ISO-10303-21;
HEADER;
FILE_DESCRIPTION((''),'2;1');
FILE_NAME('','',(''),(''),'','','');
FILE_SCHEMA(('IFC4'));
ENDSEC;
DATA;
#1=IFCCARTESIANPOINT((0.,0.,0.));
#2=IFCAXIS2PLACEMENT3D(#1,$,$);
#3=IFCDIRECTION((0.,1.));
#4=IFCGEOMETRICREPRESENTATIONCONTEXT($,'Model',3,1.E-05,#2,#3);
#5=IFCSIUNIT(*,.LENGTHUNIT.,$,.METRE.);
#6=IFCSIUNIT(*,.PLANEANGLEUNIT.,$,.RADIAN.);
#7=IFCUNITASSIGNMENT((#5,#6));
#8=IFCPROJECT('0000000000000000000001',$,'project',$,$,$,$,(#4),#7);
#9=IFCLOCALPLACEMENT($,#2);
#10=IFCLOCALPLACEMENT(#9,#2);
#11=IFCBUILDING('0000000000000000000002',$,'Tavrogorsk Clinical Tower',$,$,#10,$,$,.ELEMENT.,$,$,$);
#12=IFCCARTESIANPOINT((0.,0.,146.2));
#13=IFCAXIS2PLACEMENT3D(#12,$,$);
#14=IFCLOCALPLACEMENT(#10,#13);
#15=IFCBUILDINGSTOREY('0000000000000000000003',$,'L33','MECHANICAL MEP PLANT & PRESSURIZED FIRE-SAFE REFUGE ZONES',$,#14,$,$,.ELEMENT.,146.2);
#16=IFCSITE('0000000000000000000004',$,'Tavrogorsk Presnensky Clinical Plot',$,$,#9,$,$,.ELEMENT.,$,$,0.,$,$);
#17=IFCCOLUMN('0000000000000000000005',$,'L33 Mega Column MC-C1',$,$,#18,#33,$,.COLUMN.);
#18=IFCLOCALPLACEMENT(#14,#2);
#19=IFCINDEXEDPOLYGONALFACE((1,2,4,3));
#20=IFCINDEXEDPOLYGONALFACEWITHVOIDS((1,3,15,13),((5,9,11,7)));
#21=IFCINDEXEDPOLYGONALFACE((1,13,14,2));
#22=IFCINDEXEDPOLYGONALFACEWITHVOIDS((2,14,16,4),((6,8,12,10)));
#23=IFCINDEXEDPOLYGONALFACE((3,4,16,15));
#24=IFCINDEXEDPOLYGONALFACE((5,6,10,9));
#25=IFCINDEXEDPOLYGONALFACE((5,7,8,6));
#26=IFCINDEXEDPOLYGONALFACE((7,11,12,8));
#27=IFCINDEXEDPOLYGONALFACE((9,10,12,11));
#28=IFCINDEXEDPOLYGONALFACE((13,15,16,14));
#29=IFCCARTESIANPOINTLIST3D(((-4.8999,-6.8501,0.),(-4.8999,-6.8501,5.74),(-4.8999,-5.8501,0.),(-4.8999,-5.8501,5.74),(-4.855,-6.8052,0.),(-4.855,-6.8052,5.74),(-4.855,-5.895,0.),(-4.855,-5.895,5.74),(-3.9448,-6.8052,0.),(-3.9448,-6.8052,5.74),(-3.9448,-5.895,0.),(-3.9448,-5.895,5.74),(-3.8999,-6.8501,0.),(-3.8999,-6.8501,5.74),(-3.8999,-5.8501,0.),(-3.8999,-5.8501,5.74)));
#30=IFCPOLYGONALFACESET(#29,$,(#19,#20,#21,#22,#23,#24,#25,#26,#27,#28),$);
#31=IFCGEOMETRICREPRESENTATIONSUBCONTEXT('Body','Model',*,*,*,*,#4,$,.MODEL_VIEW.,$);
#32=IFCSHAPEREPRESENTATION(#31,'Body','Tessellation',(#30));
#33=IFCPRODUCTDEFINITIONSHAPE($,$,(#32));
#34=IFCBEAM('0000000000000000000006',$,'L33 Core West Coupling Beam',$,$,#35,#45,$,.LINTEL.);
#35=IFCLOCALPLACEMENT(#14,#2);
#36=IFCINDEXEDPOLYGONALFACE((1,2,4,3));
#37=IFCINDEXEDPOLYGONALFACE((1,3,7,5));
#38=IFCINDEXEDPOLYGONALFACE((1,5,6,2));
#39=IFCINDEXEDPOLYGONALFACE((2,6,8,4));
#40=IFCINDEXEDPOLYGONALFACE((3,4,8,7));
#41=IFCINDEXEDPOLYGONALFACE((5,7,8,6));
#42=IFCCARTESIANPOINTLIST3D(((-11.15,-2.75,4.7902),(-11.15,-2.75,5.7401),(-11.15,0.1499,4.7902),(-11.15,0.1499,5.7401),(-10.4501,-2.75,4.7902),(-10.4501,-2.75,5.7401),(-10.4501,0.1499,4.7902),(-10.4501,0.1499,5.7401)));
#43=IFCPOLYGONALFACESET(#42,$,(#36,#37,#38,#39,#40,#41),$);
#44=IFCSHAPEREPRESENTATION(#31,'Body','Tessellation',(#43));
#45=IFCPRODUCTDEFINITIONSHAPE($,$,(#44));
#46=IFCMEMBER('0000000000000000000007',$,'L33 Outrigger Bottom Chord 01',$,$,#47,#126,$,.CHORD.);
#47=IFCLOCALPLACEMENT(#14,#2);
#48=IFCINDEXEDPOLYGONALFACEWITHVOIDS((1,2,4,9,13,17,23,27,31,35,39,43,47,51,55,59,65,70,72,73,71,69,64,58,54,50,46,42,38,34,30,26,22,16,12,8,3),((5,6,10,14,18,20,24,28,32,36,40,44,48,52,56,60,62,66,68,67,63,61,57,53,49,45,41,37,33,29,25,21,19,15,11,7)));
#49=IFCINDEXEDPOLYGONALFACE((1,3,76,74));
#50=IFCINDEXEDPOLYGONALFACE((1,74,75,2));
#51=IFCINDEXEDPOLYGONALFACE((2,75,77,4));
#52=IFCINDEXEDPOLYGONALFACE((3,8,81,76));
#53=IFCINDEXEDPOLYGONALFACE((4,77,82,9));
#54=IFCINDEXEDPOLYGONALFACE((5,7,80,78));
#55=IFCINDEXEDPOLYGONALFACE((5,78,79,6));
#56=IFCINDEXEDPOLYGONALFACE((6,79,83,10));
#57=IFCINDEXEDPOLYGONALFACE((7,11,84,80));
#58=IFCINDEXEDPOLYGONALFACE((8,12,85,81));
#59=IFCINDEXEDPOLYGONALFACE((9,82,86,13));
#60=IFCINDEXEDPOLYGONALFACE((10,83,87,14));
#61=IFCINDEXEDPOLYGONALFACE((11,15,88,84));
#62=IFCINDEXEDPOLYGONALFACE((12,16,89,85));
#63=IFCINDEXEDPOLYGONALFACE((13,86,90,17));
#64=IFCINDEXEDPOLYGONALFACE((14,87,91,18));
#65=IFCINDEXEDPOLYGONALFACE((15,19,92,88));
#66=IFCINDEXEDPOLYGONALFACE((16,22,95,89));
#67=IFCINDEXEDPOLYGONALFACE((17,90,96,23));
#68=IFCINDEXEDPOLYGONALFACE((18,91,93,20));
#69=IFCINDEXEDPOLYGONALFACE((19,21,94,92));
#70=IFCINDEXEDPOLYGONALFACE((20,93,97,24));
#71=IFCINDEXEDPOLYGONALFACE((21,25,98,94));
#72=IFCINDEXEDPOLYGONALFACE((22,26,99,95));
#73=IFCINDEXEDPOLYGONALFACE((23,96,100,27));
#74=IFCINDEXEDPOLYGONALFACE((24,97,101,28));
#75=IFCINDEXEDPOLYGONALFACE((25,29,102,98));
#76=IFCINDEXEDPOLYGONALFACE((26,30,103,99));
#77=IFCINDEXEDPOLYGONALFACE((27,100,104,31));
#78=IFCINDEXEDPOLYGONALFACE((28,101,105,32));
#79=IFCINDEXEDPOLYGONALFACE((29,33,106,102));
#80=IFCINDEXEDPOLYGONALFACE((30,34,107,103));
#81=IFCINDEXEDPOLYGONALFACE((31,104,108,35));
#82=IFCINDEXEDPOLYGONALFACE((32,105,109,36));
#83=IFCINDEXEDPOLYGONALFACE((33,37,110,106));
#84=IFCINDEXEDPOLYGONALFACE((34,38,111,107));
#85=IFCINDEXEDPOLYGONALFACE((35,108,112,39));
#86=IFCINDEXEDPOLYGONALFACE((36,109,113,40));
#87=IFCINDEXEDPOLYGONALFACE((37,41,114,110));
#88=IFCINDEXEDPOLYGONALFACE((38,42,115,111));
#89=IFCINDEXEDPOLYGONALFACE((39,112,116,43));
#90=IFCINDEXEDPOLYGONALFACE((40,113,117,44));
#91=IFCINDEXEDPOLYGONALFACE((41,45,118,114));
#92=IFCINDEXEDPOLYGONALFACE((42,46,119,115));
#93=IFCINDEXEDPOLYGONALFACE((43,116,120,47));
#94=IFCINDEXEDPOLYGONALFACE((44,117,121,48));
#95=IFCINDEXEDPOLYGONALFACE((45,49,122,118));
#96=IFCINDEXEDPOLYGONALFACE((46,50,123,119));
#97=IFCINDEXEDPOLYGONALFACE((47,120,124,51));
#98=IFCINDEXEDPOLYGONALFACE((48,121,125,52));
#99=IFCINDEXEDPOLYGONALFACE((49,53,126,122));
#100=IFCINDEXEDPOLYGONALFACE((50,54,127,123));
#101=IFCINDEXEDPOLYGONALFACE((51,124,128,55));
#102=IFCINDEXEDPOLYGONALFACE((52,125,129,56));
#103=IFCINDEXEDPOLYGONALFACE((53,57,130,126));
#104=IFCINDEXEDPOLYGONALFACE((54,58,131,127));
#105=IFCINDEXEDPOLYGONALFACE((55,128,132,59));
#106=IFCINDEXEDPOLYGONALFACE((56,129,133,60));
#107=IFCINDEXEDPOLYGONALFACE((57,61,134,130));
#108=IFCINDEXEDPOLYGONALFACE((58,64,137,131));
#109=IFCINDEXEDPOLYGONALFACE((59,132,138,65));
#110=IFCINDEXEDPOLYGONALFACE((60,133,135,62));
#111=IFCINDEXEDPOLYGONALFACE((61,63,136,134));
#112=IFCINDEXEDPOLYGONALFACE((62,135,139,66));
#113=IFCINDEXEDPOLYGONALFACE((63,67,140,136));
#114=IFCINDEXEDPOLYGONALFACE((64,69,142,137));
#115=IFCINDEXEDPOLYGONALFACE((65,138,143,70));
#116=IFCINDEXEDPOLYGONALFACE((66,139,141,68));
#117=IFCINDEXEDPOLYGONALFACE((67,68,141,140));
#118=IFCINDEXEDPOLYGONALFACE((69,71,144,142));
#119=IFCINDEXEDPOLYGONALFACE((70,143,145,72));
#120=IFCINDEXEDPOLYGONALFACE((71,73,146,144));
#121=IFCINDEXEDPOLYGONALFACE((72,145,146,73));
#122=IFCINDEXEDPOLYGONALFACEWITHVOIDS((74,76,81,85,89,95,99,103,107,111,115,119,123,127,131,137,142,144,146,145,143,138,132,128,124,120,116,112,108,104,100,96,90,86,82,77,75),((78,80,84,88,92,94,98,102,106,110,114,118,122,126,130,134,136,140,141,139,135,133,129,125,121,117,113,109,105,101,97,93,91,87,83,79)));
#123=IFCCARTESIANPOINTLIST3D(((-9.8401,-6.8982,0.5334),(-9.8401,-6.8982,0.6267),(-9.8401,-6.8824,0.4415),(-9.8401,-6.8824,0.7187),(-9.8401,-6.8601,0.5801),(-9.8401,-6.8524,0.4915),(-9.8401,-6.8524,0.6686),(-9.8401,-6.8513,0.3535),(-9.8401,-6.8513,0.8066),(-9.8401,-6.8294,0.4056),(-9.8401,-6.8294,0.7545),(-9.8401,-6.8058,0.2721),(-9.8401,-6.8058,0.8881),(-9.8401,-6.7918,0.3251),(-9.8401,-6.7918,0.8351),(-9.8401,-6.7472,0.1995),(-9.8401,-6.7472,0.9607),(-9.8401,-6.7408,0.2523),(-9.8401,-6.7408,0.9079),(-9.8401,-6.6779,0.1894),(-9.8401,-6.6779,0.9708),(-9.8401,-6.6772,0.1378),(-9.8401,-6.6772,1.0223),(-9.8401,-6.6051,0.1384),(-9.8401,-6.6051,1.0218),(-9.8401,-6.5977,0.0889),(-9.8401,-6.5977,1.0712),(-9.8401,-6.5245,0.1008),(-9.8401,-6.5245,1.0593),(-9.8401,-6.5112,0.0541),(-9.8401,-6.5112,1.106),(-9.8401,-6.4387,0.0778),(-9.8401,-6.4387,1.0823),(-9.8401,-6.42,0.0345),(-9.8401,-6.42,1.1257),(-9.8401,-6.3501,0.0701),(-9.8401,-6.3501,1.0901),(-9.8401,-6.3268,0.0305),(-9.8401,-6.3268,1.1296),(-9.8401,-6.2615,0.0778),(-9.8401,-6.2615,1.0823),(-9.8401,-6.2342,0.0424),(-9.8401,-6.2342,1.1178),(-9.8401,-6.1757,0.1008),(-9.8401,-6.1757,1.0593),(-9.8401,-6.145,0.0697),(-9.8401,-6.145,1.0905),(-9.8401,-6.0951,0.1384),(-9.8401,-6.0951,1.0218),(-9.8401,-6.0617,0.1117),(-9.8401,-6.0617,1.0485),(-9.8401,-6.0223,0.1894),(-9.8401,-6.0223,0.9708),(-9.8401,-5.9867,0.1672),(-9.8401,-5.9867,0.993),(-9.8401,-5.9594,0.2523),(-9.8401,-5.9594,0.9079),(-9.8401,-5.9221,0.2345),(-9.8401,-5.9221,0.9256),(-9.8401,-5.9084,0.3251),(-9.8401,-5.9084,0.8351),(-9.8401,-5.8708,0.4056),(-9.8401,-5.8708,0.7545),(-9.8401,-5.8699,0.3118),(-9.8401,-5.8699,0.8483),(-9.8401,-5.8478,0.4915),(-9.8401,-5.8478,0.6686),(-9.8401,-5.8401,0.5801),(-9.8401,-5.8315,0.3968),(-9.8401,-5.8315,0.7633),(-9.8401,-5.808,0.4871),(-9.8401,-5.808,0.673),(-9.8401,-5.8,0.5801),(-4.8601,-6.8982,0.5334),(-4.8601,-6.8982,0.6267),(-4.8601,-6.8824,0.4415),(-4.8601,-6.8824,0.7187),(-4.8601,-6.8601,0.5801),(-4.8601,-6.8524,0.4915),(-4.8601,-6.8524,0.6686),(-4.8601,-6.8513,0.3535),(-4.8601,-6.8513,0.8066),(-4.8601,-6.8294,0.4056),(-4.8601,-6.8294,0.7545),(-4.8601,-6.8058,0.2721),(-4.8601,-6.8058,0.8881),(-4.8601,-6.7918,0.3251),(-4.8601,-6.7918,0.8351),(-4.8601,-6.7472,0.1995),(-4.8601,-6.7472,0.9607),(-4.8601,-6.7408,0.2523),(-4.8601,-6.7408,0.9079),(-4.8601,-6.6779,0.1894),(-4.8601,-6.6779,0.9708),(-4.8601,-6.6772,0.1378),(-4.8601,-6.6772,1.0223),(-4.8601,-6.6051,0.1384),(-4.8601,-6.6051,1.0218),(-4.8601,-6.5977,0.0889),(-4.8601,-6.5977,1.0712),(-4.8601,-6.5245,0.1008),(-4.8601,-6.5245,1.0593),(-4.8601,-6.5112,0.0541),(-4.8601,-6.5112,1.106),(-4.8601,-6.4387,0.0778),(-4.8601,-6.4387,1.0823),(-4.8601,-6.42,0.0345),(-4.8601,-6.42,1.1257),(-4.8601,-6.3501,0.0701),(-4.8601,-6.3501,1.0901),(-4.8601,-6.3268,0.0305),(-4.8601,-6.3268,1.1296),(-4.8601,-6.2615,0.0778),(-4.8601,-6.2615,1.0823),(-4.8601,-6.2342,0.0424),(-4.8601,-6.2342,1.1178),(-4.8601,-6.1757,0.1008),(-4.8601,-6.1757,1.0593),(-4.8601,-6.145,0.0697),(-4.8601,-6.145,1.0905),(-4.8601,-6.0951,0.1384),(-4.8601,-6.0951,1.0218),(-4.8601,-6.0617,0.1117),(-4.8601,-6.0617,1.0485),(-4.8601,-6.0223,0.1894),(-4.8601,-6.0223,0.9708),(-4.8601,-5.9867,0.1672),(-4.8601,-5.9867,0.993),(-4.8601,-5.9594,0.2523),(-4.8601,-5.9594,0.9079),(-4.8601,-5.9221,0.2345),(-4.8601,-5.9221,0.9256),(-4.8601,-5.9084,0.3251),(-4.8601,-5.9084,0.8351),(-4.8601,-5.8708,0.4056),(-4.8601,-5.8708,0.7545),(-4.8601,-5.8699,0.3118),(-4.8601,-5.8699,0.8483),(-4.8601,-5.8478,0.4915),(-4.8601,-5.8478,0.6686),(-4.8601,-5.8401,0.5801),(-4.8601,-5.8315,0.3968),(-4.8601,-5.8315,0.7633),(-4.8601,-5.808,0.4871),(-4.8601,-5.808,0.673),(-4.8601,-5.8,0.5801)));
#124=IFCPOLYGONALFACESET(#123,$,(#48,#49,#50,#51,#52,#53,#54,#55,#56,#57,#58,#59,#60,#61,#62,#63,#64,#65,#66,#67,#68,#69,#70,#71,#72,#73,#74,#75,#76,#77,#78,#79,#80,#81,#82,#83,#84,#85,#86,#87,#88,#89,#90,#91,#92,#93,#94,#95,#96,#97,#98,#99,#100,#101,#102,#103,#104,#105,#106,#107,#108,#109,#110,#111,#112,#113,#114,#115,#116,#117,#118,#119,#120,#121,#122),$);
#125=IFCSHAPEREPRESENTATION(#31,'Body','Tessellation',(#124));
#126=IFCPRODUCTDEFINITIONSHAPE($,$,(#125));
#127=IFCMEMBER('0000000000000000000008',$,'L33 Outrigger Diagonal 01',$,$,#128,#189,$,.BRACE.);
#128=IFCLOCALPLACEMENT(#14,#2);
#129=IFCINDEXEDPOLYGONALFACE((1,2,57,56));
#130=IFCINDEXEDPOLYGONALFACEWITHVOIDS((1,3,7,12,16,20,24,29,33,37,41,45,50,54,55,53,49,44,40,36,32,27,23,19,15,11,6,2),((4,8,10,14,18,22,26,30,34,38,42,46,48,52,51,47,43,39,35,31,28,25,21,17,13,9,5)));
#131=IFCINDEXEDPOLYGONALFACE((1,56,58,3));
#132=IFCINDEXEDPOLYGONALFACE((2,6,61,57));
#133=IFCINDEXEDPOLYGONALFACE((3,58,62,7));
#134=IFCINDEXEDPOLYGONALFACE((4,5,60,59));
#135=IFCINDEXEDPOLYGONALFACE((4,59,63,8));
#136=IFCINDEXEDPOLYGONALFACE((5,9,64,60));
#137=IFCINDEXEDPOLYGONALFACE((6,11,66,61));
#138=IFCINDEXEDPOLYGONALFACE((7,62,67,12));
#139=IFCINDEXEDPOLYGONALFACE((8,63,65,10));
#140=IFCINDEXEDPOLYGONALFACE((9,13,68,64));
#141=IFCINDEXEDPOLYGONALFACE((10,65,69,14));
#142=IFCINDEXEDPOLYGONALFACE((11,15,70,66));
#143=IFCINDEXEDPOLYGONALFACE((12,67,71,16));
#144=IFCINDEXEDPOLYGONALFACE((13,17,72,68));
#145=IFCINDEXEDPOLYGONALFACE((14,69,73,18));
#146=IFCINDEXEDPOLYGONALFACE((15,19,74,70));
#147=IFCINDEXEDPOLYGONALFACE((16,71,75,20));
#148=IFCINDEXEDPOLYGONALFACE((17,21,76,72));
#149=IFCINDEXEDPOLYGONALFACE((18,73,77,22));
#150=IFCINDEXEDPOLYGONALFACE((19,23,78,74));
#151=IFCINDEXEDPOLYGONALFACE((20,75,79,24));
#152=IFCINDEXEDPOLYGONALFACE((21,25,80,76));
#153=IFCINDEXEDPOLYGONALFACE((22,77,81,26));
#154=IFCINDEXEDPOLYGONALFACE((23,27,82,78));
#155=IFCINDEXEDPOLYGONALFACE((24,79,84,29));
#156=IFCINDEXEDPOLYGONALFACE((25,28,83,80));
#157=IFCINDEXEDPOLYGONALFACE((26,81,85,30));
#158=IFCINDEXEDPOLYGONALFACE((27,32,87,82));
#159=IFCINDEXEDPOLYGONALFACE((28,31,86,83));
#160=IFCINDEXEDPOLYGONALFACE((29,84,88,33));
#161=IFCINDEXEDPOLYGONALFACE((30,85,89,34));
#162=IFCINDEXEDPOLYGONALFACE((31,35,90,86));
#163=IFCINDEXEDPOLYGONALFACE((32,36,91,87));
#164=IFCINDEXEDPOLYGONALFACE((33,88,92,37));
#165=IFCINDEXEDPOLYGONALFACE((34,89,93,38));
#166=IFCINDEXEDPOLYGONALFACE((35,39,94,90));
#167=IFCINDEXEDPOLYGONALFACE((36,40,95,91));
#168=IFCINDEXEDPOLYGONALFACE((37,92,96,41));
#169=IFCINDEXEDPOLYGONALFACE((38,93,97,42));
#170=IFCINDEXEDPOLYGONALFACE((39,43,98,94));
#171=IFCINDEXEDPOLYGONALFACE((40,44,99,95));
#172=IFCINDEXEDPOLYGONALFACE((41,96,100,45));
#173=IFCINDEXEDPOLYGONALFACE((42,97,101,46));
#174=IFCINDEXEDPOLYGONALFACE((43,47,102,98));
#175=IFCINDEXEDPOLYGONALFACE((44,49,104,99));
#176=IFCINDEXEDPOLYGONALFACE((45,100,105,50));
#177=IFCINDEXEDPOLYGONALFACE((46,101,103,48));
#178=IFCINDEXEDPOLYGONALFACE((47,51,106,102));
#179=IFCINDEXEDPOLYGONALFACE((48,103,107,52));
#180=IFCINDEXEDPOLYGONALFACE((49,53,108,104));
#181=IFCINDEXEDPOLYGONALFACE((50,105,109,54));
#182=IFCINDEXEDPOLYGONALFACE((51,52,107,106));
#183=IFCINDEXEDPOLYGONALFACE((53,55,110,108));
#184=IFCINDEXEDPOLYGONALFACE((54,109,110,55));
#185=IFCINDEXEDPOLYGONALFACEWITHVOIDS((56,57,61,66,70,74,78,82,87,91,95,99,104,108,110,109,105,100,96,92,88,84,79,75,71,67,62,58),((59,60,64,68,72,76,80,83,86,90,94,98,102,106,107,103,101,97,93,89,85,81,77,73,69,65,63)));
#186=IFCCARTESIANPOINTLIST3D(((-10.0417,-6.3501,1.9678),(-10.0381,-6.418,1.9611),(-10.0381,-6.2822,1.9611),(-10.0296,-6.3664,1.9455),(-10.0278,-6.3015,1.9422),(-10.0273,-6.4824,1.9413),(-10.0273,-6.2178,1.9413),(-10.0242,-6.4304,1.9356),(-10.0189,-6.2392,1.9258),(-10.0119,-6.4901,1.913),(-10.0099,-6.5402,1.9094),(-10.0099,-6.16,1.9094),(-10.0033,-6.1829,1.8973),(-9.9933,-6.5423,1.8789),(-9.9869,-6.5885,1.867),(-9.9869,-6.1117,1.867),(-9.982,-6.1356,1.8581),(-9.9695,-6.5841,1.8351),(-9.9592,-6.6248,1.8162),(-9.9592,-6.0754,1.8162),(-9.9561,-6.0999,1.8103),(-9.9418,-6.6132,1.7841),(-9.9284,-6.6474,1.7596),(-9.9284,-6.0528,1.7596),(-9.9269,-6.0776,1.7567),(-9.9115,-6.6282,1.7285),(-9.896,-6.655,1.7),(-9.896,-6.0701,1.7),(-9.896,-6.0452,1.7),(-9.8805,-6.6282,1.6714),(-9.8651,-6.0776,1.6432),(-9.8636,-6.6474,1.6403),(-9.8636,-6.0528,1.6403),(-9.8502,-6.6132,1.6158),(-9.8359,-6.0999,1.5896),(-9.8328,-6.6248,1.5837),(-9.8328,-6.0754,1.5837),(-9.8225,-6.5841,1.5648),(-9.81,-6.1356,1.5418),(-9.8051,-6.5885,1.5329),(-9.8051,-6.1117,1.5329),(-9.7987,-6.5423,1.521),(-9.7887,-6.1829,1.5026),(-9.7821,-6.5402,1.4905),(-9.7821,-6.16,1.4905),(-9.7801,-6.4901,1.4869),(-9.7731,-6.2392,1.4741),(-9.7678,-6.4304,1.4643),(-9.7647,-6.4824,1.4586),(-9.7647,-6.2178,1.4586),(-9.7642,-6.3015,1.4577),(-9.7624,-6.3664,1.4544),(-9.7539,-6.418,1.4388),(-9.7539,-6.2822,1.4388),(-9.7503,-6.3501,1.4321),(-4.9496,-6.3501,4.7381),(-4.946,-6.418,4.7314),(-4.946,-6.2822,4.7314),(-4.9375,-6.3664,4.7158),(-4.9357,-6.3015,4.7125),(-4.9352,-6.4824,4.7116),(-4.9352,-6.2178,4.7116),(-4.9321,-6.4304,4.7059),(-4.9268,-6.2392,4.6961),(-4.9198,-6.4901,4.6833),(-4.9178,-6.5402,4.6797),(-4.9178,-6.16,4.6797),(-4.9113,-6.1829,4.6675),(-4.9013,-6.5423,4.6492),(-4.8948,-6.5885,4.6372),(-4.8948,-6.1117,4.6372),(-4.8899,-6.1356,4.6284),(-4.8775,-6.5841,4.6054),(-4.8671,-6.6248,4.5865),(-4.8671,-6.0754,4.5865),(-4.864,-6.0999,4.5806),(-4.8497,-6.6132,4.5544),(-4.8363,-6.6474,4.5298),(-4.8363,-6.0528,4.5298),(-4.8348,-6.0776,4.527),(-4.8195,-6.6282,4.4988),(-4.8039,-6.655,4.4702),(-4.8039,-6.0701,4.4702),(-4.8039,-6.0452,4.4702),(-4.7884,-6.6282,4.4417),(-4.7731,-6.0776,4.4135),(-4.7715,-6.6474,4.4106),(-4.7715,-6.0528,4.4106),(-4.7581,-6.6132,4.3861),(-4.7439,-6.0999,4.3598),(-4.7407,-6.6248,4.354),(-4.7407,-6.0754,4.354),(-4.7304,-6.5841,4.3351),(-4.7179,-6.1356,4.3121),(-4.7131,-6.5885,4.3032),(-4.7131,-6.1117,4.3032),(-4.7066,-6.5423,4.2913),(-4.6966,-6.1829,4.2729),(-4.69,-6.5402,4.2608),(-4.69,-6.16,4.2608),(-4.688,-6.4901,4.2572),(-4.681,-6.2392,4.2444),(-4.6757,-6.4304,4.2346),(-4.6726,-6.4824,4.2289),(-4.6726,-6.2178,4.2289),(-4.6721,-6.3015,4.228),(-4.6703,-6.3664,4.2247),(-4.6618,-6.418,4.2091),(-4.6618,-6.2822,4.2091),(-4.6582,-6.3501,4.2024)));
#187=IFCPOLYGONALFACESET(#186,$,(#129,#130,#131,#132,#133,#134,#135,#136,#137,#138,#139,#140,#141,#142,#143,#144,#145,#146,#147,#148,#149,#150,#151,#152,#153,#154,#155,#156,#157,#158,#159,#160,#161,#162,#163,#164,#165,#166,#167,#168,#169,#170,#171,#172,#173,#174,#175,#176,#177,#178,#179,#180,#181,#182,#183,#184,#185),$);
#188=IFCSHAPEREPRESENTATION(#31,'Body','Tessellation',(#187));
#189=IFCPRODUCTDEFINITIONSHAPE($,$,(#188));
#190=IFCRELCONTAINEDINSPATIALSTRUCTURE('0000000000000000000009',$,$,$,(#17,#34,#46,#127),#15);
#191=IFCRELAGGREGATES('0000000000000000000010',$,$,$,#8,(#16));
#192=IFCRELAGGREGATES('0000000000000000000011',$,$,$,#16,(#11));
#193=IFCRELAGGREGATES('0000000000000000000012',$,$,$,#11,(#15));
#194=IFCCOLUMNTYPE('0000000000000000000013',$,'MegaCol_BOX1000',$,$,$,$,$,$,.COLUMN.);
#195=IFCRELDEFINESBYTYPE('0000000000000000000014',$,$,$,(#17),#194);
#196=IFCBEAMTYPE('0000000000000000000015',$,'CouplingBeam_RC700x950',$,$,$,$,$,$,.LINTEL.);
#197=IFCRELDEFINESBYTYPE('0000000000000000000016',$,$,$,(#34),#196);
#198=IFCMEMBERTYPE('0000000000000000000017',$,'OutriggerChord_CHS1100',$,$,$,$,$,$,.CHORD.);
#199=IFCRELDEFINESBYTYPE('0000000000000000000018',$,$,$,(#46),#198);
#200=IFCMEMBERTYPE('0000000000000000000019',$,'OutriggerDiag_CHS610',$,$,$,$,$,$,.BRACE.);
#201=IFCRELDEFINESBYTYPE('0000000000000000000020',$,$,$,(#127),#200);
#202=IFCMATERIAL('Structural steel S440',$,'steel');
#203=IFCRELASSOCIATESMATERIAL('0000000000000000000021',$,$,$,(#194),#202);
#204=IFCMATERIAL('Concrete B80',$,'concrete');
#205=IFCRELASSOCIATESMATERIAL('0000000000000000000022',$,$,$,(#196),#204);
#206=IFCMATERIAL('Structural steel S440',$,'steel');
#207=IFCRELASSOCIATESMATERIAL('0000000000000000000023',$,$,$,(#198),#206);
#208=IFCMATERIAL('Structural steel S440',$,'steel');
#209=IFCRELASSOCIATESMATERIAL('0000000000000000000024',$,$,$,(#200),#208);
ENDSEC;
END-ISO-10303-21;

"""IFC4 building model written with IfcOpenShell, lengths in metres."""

from ifc_helpers import new_model, si_unit, direction, frame, origin, origin_2d, place, context, subcontext, project, spatial, rectangle, hollow_rectangle, hollow_circle, extrude, material, material_profile, profile_set, type_object, element, save


model = new_model("IFC4")

# Units and contexts
model_context = context("Model", 3, precision=1e-05, world=origin(), true_north=direction((0.0, 1.0)))
body_context = subcontext(model_context, "Body", "Model", "MODEL_VIEW")
ifc_project = project(units=[si_unit("LENGTHUNIT", "METRE"), si_unit("PLANEANGLEUNIT", "RADIAN")], contexts=[model_context])

# Site, building, storey
site_placement = place(None, origin())
site = spatial("IfcSite", under=ifc_project, at=site_placement, Name="Tavrogorsk Presnensky Clinical Plot", CompositionType="ELEMENT", RefElevation=0.0)
building_placement = place(site_placement, origin())
building = spatial("IfcBuilding", under=site, at=building_placement, Name="Tavrogorsk Clinical Tower", CompositionType="ELEMENT")
storey_placement = place(building_placement, frame((0.0, 0.0, 146.2)))
storey = spatial("IfcBuildingStorey", under=building, at=storey_placement, Name="L33", Description="MECHANICAL MEP PLANT & PRESSURIZED FIRE-SAFE REFUGE ZONES", CompositionType="ELEMENT", Elevation=146.2)

# Column
ifc_material_1 = material(Name="Structural steel S440", Category="steel")
ifc_material_profile_1 = material_profile(ifc_material_1, hollow_rectangle(XDim=1.0, YDim=1.0, WallThickness=0.0449, at=origin_2d()), Name="BOX-1000x1000x45")
ifc_profile_set_1 = profile_set([ifc_material_profile_1], Name="Structural steel S440")
column_type = type_object("IfcColumnType", Name="MegaCol_BOX1000", PredefinedType="COLUMN", material=ifc_profile_set_1)
column_placement = place(storey_placement, frame((-4.3999, -6.3501, 0.0), z_axis=(0.0, 0.0, 1.0), x_axis=(1.0, 0.0, 0.0)))
element("IfcColumn", 1, at=column_placement, inside=storey, type_object=column_type, Name="L33 Mega Column MC-C1", PredefinedType="COLUMN", context=body_context, shape_type="SweptSolid", body=[
    extrude(hollow_rectangle(XDim=1.0, YDim=1.0, WallThickness=0.0449, at=origin_2d()), origin(), (0.0, 0.0, 1.0), 5.74),
])

# Beam
ifc_material_2 = material(Name="Concrete B80", Category="concrete")
ifc_material_profile_2 = material_profile(ifc_material_2, rectangle(XDim=0.7, YDim=0.95, at=origin_2d()), Name="RC-CB-700x950")
ifc_profile_set_2 = profile_set([ifc_material_profile_2], Name="Concrete B80")
beam_type_1 = type_object("IfcBeamType", Name="CouplingBeam_RC700x950", PredefinedType="LINTEL", material=ifc_profile_set_2)
beam_1_placement = place(storey_placement, frame((-10.8, -2.75, 5.2651), z_axis=(0.0, 1.0, 0.0), x_axis=(-1.0, 0.0, 0.0)))
element("IfcBeam", 2, at=beam_1_placement, inside=storey, type_object=beam_type_1, Name="L33 Core West Coupling Beam", PredefinedType="LINTEL", context=body_context, shape_type="SweptSolid", body=[
    extrude(rectangle(XDim=0.7, YDim=0.95, at=origin_2d()), origin(), (0.0, 0.0, 1.0), 2.8999),
])

# Members
ifc_material_3 = material(Name="Structural steel S440", Category="steel")
ifc_material_profile_3 = material_profile(ifc_material_3, hollow_circle(Radius=0.55, WallThickness=0.04, at=origin_2d()), Name="CHS-1100x40")
ifc_profile_set_3 = profile_set([ifc_material_profile_3], Name="Structural steel S440")
member_type_1 = type_object("IfcMemberType", Name="OutriggerChord_CHS1100", PredefinedType="CHORD", material=ifc_profile_set_3)
member_1_placement = place(storey_placement, frame((-9.8401, -6.3501, 0.5801), z_axis=(1.0, 0.0, 0.0), x_axis=(0.0, 1.0, 0.0)))
element("IfcMember", 3, at=member_1_placement, inside=storey, type_object=member_type_1, Name="L33 Outrigger Bottom Chord 01", PredefinedType="CHORD", context=body_context, shape_type="SweptSolid", body=[
    extrude(hollow_circle(Radius=0.55, WallThickness=0.04, at=origin_2d()), origin(), (0.0, 0.0, 1.0), 4.98),
])
ifc_material_4 = material(Name="Structural steel S440", Category="steel")
ifc_material_profile_4 = material_profile(ifc_material_4, hollow_circle(Radius=0.3049, WallThickness=0.0249, at=origin_2d()), Name="CHS-610x25")
ifc_profile_set_4 = profile_set([ifc_material_profile_4], Name="Structural steel S440")
member_type_2 = type_object("IfcMemberType", Name="OutriggerDiag_CHS610", PredefinedType="BRACE", material=ifc_profile_set_4)
member_2_placement = place(storey_placement, frame((-9.896, -6.3501, 1.7), z_axis=(0.878418, 0.0, 0.477893), x_axis=(0.0, 1.0, 0.0)))
element("IfcMember", 4, at=member_2_placement, inside=storey, type_object=member_type_2, Name="L33 Outrigger Diagonal 01", PredefinedType="BRACE", context=body_context, shape_type="SweptSolid", body=[
    extrude(hollow_circle(Radius=0.3049, WallThickness=0.0249, at=origin_2d()), origin(), (0.0, 0.0, 1.0), 5.7969),
])

save(model, "model.ifc")
